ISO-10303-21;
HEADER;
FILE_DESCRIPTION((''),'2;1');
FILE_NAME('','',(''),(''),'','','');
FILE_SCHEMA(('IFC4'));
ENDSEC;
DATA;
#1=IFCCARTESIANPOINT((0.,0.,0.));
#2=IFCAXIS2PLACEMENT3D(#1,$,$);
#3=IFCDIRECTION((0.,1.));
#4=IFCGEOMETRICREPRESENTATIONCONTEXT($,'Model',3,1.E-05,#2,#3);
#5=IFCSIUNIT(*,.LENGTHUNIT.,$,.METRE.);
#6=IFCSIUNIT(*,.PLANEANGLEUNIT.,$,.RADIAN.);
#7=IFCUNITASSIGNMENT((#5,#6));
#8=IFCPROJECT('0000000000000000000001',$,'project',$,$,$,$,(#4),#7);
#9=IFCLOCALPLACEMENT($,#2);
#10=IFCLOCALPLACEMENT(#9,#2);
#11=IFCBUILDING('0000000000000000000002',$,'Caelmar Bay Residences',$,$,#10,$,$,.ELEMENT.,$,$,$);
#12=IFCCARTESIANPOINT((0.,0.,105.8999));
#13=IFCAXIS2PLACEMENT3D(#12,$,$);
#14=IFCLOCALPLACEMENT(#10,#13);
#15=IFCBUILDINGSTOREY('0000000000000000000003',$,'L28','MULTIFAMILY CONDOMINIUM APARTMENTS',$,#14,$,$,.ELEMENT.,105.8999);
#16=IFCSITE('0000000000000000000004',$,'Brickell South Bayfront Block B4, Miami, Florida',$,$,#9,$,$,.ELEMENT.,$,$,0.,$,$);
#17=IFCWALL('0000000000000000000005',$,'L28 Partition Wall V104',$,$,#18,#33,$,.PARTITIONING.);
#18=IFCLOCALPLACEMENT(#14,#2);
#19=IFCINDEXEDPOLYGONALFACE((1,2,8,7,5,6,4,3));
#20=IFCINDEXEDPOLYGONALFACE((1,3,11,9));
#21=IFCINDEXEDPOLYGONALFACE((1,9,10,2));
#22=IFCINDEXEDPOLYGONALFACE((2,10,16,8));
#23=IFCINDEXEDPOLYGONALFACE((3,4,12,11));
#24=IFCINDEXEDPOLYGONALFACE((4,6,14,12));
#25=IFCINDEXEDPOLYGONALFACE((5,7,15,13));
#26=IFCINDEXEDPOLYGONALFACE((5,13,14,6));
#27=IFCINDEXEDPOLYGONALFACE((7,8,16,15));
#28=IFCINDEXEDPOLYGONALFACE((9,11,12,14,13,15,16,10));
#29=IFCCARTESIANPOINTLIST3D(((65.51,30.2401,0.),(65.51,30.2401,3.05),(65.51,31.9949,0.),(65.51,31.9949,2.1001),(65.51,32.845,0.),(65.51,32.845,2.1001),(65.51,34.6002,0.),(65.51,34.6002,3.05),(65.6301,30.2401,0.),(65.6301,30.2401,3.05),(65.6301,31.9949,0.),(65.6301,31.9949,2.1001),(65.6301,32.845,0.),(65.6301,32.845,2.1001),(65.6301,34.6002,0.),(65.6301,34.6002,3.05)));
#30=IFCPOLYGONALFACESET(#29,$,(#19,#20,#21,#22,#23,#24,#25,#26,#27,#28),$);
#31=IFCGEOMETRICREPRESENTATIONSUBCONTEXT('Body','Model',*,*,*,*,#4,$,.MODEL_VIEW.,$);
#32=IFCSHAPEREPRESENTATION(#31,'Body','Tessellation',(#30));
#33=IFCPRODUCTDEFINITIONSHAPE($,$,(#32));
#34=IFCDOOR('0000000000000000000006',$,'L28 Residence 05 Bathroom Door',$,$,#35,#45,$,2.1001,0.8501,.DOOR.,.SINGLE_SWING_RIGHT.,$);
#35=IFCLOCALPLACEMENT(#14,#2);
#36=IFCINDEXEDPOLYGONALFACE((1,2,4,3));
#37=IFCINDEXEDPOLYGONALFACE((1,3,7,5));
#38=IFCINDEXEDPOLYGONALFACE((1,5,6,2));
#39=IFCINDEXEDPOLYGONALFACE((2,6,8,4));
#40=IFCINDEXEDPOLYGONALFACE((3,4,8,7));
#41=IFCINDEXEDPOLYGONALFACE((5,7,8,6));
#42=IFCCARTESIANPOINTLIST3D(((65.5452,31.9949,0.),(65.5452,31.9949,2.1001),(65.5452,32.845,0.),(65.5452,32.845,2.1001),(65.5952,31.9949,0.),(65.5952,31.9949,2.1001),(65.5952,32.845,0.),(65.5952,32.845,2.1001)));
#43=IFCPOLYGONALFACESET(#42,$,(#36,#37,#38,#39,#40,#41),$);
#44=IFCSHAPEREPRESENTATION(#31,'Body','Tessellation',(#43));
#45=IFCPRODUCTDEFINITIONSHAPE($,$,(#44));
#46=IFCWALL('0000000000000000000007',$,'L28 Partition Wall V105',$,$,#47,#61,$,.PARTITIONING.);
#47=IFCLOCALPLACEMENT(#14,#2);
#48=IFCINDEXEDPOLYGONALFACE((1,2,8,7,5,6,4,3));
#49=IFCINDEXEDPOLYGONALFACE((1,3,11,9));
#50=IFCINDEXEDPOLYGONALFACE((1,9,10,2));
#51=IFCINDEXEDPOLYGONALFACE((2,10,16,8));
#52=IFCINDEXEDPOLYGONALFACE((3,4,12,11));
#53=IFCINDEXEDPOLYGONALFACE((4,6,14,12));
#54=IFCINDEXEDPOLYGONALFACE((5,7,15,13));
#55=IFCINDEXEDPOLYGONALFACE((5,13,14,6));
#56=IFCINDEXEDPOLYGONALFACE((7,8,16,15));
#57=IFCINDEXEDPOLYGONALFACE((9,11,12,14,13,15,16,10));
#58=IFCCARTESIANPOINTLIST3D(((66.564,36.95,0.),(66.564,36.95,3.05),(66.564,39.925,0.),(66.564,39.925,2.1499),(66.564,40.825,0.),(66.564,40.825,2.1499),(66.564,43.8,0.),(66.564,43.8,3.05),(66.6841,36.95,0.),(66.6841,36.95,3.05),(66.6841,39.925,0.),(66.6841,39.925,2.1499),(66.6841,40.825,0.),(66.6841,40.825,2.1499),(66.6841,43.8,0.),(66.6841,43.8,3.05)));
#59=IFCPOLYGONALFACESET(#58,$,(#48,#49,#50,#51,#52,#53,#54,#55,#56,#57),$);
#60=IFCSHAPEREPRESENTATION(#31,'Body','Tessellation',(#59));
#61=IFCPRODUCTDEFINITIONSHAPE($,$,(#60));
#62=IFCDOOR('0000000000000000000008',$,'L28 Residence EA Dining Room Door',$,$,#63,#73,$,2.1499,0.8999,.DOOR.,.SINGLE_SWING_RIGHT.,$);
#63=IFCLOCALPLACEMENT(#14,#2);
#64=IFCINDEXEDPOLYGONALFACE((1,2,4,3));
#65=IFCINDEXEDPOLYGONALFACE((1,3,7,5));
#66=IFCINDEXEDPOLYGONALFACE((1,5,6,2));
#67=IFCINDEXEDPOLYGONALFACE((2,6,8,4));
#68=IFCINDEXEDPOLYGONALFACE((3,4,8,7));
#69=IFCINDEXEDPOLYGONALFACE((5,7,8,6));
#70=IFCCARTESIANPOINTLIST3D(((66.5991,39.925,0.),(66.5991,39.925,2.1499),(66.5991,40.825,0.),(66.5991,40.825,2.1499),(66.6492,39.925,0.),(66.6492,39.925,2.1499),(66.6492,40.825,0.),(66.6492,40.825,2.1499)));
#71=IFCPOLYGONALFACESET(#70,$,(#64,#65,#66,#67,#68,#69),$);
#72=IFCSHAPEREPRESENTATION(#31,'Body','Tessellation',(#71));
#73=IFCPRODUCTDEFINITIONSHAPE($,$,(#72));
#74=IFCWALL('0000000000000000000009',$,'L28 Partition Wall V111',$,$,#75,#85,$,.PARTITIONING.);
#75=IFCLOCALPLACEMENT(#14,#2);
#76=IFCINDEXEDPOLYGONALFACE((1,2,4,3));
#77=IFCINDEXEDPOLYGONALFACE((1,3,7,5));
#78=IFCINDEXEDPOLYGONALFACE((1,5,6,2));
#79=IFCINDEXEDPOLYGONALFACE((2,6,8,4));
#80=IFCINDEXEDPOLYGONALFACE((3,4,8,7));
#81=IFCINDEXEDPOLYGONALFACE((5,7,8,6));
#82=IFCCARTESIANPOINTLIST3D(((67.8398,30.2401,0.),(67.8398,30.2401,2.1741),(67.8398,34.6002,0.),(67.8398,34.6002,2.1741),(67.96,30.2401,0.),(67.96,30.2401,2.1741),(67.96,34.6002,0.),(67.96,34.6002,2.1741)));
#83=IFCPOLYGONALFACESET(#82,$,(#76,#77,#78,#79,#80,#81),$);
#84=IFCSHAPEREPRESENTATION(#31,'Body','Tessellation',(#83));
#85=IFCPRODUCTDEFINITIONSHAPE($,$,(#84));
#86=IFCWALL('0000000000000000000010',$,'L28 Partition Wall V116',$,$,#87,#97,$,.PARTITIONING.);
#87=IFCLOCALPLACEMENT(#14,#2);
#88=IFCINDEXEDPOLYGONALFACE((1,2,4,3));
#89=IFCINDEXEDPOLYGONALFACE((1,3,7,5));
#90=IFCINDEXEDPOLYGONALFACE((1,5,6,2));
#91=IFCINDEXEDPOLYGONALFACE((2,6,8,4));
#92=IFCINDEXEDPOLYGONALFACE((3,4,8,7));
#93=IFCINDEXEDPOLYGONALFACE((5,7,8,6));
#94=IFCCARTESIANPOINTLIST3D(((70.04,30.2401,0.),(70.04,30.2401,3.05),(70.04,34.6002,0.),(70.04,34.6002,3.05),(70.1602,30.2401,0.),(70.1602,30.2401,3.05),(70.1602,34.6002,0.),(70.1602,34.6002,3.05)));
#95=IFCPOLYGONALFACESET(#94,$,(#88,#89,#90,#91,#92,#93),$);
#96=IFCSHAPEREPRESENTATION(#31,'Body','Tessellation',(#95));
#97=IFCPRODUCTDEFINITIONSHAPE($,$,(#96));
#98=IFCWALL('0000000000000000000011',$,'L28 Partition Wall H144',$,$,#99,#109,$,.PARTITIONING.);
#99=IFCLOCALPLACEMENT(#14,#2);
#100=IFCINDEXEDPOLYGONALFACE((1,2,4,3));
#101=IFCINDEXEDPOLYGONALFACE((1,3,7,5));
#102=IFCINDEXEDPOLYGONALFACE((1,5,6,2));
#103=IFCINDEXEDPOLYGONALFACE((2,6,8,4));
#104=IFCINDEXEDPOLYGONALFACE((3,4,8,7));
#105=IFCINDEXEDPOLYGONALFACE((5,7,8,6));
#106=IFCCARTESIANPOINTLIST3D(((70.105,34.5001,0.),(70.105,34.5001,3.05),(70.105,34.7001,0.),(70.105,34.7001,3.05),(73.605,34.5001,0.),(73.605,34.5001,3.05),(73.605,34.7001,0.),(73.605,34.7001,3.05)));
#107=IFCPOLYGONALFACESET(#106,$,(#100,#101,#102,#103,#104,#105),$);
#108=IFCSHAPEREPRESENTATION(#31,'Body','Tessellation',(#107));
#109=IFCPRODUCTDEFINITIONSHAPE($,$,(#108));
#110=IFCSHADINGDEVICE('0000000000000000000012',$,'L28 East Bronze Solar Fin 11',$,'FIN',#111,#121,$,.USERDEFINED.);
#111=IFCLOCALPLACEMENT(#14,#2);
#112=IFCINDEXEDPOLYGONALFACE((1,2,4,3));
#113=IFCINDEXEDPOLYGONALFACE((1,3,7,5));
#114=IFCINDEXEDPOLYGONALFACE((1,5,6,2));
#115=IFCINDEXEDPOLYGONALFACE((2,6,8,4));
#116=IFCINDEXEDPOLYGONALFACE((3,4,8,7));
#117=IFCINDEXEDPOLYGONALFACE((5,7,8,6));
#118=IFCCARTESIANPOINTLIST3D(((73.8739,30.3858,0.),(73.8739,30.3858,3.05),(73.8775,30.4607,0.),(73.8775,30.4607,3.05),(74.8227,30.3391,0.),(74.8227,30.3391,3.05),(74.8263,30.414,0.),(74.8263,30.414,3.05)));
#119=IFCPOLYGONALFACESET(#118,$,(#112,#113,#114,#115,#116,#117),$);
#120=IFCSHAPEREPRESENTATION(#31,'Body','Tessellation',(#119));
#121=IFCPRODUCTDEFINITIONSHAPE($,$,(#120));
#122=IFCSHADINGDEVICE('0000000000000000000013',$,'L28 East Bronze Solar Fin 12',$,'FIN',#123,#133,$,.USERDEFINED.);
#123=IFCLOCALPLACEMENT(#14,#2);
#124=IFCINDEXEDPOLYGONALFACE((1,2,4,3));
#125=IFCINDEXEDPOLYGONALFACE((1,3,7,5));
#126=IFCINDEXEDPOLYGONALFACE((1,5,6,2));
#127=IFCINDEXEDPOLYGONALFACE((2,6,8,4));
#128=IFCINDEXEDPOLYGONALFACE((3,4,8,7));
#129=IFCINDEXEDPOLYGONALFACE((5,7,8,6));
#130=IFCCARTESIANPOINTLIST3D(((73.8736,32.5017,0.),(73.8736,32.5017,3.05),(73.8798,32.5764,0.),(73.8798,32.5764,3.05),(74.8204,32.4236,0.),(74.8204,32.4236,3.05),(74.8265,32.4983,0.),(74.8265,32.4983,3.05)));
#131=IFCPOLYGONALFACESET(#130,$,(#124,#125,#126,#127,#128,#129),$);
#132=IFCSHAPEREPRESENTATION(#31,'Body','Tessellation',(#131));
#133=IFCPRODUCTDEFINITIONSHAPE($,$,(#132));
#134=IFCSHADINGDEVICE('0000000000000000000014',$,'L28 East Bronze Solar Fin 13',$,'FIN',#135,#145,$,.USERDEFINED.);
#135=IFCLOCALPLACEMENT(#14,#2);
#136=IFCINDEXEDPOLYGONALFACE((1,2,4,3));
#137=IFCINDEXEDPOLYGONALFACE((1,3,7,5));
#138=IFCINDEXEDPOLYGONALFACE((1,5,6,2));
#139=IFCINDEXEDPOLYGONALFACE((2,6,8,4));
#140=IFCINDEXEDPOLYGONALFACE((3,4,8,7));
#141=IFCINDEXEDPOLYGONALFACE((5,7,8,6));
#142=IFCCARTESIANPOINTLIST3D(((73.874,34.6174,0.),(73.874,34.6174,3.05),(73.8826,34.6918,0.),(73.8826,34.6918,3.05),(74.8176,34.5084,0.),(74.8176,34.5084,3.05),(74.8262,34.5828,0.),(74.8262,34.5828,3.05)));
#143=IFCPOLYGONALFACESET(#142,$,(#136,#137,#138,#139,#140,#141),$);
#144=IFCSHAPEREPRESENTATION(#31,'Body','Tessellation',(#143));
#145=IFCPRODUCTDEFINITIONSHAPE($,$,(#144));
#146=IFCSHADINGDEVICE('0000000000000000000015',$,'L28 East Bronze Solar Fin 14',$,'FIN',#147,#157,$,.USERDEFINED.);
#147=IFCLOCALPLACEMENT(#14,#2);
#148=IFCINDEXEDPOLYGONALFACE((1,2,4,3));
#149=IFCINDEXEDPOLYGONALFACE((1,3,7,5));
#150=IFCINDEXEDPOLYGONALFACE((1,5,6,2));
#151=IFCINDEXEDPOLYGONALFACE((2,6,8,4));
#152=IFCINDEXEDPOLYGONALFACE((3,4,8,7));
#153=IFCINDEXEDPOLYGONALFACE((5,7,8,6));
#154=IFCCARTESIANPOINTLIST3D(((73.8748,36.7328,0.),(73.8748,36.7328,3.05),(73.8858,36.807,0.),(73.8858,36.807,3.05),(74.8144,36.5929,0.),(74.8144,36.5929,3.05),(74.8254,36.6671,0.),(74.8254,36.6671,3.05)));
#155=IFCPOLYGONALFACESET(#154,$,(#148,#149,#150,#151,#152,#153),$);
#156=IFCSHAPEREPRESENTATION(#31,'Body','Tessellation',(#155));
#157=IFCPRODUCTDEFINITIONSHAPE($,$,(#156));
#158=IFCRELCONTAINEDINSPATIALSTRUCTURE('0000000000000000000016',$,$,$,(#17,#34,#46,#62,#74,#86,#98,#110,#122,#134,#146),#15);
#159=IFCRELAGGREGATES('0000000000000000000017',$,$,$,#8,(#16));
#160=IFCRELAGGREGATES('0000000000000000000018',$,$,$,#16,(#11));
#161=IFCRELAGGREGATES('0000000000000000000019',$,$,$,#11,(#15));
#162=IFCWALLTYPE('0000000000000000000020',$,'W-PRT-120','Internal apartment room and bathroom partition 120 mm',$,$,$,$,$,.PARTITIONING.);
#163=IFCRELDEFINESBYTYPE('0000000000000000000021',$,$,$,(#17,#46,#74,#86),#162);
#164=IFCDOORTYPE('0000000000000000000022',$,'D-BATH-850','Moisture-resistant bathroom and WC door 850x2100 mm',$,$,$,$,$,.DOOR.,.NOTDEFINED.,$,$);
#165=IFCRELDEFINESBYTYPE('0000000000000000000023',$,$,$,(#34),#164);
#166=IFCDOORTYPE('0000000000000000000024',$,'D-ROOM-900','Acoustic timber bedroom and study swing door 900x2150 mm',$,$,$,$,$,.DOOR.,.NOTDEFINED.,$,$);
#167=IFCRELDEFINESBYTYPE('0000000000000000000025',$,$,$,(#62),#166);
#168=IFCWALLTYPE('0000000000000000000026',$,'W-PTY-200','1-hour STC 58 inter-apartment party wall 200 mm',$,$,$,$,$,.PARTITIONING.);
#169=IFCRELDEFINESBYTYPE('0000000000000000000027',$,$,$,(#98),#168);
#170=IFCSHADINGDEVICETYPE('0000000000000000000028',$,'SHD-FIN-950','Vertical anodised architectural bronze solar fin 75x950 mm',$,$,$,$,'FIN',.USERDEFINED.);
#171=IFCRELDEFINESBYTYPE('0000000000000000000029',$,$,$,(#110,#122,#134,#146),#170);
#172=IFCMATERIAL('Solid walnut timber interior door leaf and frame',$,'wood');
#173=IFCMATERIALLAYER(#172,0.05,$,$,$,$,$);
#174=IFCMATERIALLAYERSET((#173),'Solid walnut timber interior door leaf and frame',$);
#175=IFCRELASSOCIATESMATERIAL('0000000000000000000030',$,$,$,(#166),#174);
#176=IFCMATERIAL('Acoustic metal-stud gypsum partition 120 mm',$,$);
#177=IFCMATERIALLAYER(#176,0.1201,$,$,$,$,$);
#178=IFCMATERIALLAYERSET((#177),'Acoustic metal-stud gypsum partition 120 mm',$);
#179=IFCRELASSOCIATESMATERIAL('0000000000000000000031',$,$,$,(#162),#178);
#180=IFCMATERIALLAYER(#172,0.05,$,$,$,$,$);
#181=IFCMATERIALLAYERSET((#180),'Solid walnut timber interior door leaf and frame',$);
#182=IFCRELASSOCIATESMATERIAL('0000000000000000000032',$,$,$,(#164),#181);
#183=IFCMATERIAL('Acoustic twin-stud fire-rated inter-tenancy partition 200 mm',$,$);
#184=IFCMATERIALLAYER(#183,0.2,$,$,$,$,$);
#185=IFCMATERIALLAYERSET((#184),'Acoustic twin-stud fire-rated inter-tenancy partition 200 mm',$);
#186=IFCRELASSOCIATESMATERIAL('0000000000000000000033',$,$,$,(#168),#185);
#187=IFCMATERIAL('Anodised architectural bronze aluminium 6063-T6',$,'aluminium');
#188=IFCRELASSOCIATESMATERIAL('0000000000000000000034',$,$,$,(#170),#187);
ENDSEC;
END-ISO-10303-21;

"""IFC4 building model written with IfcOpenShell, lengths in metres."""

from ifc_helpers import new_model, si_unit, direction, frame, frame_2d, origin, origin_2d, place, context, subcontext, project, spatial, rectangle, extrude, material, layer, layer_set, material_profile, profile_set, type_object, element, fill, save


model = new_model("IFC4")

# Units and contexts
model_context = context("Model", 3, precision=1e-05, world=origin(), true_north=direction((0.0, 1.0)))
body_context = subcontext(model_context, "Body", "Model", "MODEL_VIEW")
ifc_project = project(units=[si_unit("LENGTHUNIT", "METRE"), si_unit("PLANEANGLEUNIT", "RADIAN")], contexts=[model_context])

# Site, building, storey
site_placement = place(None, origin())
site = spatial("IfcSite", under=ifc_project, at=site_placement, Name="Brickell South Bayfront Block B4, Miami, Florida", CompositionType="ELEMENT", RefElevation=0.0)
building_placement = place(site_placement, origin())
building = spatial("IfcBuilding", under=site, at=building_placement, Name="Caelmar Bay Residences", CompositionType="ELEMENT")
storey_placement = place(building_placement, frame((0.0, 0.0, 105.8999)))
storey = spatial("IfcBuildingStorey", under=building, at=storey_placement, Name="L28", Description="MULTIFAMILY CONDOMINIUM APARTMENTS", CompositionType="ELEMENT", Elevation=105.8999)

# Walls, openings, doors
ifc_material_1 = material(Name="Solid walnut timber interior door leaf and frame", Category="wood")
ifc_layer_1 = layer(ifc_material_1, 0.05)
ifc_layer_set_1 = layer_set([ifc_layer_1], Name="Solid walnut timber interior door leaf and frame")
door_type_1 = type_object("IfcDoorType", Name="D-ROOM-900", Description="Acoustic timber bedroom and study swing door 900x2150 mm", OperationType="NOTDEFINED", PredefinedType="DOOR", material=ifc_layer_set_1)
ifc_material_2 = material(Name="Acoustic metal-stud gypsum partition 120 mm")
ifc_layer_2 = layer(ifc_material_2, 0.1201)
ifc_layer_set_2 = layer_set([ifc_layer_2], Name="Acoustic metal-stud gypsum partition 120 mm")
wall_type_1 = type_object("IfcWallType", Name="W-PRT-120", Description="Internal apartment room and bathroom partition 120 mm", PredefinedType="PARTITIONING", material=ifc_layer_set_2)
ifc_layer_3 = layer(ifc_material_1, 0.05)
ifc_layer_set_3 = layer_set([ifc_layer_3], Name="Solid walnut timber interior door leaf and frame")
door_type_2 = type_object("IfcDoorType", Name="D-BATH-850", Description="Moisture-resistant bathroom and WC door 850x2100 mm", OperationType="NOTDEFINED", PredefinedType="DOOR", material=ifc_layer_set_3)
wall_1_placement = place(storey_placement, frame((65.5701, 30.24, 0.0), z_axis=(0.0, 0.0, 1.0), x_axis=(0.0, 1.0, 0.0)))
wall_1 = element("IfcWall", 1, at=wall_1_placement, inside=storey, type_object=wall_type_1, Name="L28 Partition Wall V104", PredefinedType="PARTITIONING", context=body_context, shape_type="SweptSolid", body=[
    extrude(rectangle(XDim=4.3601, YDim=0.1201, at=frame_2d((2.1802, 0.0))), origin(), (0.0, 0.0, 1.0), 3.05),
])
opening_1_placement = place(wall_1_placement, frame((1.7549, 0.0, 0.0)))
opening_1 = element("IfcOpeningElement", 2, at=opening_1_placement, cuts=wall_1, PredefinedType="OPENING", context=body_context, shape_type="SweptSolid", body=[
    extrude(rectangle(XDim=0.8501, YDim=2.1001, at=frame_2d((0.425, 1.05))), frame((0.0, 0.0701, 0.0), z_axis=(0.0, -1.0, 0.0), x_axis=(1.0, 0.0, 0.0)), (0.0, 0.0, 1.0), 0.1401),
])
door_1_placement = place(opening_1_placement, origin())
door_1 = element("IfcDoor", 3, at=door_1_placement, inside=storey, type_object=door_type_2, Name="L28 Residence 05 Bathroom Door", OperationType="SINGLE_SWING_RIGHT", OverallHeight=2.1001, OverallWidth=0.8501, PredefinedType="DOOR", context=body_context, shape_type="SweptSolid", body=[
    extrude(rectangle(XDim=0.8501, YDim=2.1001, at=frame_2d((0.425, 1.05))), frame((0.0, 0.0249, 0.0), z_axis=(0.0, -1.0, 0.0), x_axis=(1.0, 0.0, 0.0)), (0.0, 0.0, 1.0), 0.05),
])
fill(opening_1, door_1)
wall_2_placement = place(storey_placement, frame((66.624, 36.95, 0.0), z_axis=(0.0, 0.0, 1.0), x_axis=(0.0, 1.0, 0.0)))
wall_2 = element("IfcWall", 4, at=wall_2_placement, inside=storey, type_object=wall_type_1, Name="L28 Partition Wall V105", PredefinedType="PARTITIONING", context=body_context, shape_type="SweptSolid", body=[
    extrude(rectangle(XDim=6.8501, YDim=0.1201, at=frame_2d((3.425, 0.0))), origin(), (0.0, 0.0, 1.0), 3.05),
])
opening_2_placement = place(wall_2_placement, frame((2.9751, 0.0, 0.0)))
opening_2 = element("IfcOpeningElement", 5, at=opening_2_placement, cuts=wall_2, PredefinedType="OPENING", context=body_context, shape_type="SweptSolid", body=[
    extrude(rectangle(XDim=0.8999, YDim=2.1499, at=frame_2d((0.45, 1.075))), frame((0.0, 0.0701, 0.0), z_axis=(0.0, -1.0, 0.0), x_axis=(1.0, 0.0, 0.0)), (0.0, 0.0, 1.0), 0.1401),
])
door_2_placement = place(opening_2_placement, origin())
door_2 = element("IfcDoor", 6, at=door_2_placement, inside=storey, type_object=door_type_1, Name="L28 Residence EA Dining Room Door", OperationType="SINGLE_SWING_RIGHT", OverallHeight=2.1499, OverallWidth=0.8999, PredefinedType="DOOR", context=body_context, shape_type="SweptSolid", body=[
    extrude(rectangle(XDim=0.8999, YDim=2.1499, at=frame_2d((0.45, 1.075))), frame((0.0, 0.0249, 0.0), z_axis=(0.0, -1.0, 0.0), x_axis=(1.0, 0.0, 0.0)), (0.0, 0.0, 1.0), 0.05),
])
fill(opening_2, door_2)

# Walls
wall_3_placement = place(storey_placement, frame((67.8999, 30.24, 0.0), z_axis=(0.0, 0.0, 1.0), x_axis=(0.0, 1.0, 0.0)))
element("IfcWall", 7, at=wall_3_placement, inside=storey, type_object=wall_type_1, Name="L28 Partition Wall V111", PredefinedType="PARTITIONING", context=body_context, shape_type="SweptSolid", body=[
    extrude(rectangle(XDim=4.3601, YDim=0.1201, at=frame_2d((2.1802, 0.0))), origin(), (0.0, 0.0, 1.0), 2.1741),
])
wall_4_placement = place(storey_placement, frame((70.1001, 30.24, 0.0), z_axis=(0.0, 0.0, 1.0), x_axis=(0.0, 1.0, 0.0)))
element("IfcWall", 8, at=wall_4_placement, inside=storey, type_object=wall_type_1, Name="L28 Partition Wall V116", PredefinedType="PARTITIONING", context=body_context, shape_type="SweptSolid", body=[
    extrude(rectangle(XDim=4.3601, YDim=0.1201, at=frame_2d((2.1802, 0.0))), origin(), (0.0, 0.0, 1.0), 3.05),
])
ifc_material_3 = material(Name="Acoustic twin-stud fire-rated inter-tenancy partition 200 mm")
ifc_layer_4 = layer(ifc_material_3, 0.2)
ifc_layer_set_4 = layer_set([ifc_layer_4], Name="Acoustic twin-stud fire-rated inter-tenancy partition 200 mm")
wall_type_2 = type_object("IfcWallType", Name="W-PTY-200", Description="1-hour STC 58 inter-apartment party wall 200 mm", PredefinedType="PARTITIONING", material=ifc_layer_set_4)
wall_5_placement = place(storey_placement, frame((70.105, 34.6001, 0.0), z_axis=(0.0, 0.0, 1.0), x_axis=(1.0, 0.0, 0.0)))
element("IfcWall", 9, at=wall_5_placement, inside=storey, type_object=wall_type_2, Name="L28 Partition Wall H144", PredefinedType="PARTITIONING", context=body_context, shape_type="SweptSolid", body=[
    extrude(rectangle(XDim=3.5, YDim=0.2, at=frame_2d((1.75, 0.0))), origin(), (0.0, 0.0, 1.0), 3.05),
])

# Shading devices
ifc_material_4 = material(Name="Anodised architectural bronze aluminium 6063-T6", Category="aluminium")
ifc_material_profile = material_profile(ifc_material_4, rectangle(XDim=0.075, YDim=0.95, at=origin_2d()), Name="BRONZE-FIN-75X950")
ifc_profile_set = profile_set([ifc_material_profile], Name="Anodised architectural bronze aluminium 6063-T6")
shading_device_type = type_object("IfcShadingDeviceType", Name="SHD-FIN-950", Description="Vertical anodised architectural bronze solar fin 75x950 mm", ElementType="FIN", PredefinedType="USERDEFINED", material=ifc_profile_set)
for number, where, z_axis, x_axis, name in (
    (10, (74.3501, 30.3999, 0.0), (0.0, 0.0, 1.0), (0.049198, 0.998789, 0.0), "L28 East Bronze Solar Fin 11"),
    (11, (74.3501, 32.5, 0.0), (0.0, 0.0, 1.0), (0.082112, 0.996623, 0.0), "L28 East Bronze Solar Fin 12"),
    (12, (74.3501, 34.6001, 0.0), (0.0, 0.0, 1.0), (0.114764, 0.993393, 0.0), "L28 East Bronze Solar Fin 13"),
    (13, (74.3501, 36.7, 0.0), (0.0, 0.0, 1.0), (0.147292, 0.989093, 0.0), "L28 East Bronze Solar Fin 14"),
):
    element("IfcShadingDevice", number, at=place(storey_placement, frame(where, z_axis=z_axis, x_axis=x_axis)), inside=storey, type_object=shading_device_type, Name=name, ObjectType="FIN", PredefinedType="USERDEFINED", context=body_context, shape_type="SweptSolid", body=[
        extrude(rectangle(XDim=0.075, YDim=0.95, at=origin_2d()), origin(), (0.0, 0.0, 1.0), 3.05),
    ])

save(model, "model.ifc")
